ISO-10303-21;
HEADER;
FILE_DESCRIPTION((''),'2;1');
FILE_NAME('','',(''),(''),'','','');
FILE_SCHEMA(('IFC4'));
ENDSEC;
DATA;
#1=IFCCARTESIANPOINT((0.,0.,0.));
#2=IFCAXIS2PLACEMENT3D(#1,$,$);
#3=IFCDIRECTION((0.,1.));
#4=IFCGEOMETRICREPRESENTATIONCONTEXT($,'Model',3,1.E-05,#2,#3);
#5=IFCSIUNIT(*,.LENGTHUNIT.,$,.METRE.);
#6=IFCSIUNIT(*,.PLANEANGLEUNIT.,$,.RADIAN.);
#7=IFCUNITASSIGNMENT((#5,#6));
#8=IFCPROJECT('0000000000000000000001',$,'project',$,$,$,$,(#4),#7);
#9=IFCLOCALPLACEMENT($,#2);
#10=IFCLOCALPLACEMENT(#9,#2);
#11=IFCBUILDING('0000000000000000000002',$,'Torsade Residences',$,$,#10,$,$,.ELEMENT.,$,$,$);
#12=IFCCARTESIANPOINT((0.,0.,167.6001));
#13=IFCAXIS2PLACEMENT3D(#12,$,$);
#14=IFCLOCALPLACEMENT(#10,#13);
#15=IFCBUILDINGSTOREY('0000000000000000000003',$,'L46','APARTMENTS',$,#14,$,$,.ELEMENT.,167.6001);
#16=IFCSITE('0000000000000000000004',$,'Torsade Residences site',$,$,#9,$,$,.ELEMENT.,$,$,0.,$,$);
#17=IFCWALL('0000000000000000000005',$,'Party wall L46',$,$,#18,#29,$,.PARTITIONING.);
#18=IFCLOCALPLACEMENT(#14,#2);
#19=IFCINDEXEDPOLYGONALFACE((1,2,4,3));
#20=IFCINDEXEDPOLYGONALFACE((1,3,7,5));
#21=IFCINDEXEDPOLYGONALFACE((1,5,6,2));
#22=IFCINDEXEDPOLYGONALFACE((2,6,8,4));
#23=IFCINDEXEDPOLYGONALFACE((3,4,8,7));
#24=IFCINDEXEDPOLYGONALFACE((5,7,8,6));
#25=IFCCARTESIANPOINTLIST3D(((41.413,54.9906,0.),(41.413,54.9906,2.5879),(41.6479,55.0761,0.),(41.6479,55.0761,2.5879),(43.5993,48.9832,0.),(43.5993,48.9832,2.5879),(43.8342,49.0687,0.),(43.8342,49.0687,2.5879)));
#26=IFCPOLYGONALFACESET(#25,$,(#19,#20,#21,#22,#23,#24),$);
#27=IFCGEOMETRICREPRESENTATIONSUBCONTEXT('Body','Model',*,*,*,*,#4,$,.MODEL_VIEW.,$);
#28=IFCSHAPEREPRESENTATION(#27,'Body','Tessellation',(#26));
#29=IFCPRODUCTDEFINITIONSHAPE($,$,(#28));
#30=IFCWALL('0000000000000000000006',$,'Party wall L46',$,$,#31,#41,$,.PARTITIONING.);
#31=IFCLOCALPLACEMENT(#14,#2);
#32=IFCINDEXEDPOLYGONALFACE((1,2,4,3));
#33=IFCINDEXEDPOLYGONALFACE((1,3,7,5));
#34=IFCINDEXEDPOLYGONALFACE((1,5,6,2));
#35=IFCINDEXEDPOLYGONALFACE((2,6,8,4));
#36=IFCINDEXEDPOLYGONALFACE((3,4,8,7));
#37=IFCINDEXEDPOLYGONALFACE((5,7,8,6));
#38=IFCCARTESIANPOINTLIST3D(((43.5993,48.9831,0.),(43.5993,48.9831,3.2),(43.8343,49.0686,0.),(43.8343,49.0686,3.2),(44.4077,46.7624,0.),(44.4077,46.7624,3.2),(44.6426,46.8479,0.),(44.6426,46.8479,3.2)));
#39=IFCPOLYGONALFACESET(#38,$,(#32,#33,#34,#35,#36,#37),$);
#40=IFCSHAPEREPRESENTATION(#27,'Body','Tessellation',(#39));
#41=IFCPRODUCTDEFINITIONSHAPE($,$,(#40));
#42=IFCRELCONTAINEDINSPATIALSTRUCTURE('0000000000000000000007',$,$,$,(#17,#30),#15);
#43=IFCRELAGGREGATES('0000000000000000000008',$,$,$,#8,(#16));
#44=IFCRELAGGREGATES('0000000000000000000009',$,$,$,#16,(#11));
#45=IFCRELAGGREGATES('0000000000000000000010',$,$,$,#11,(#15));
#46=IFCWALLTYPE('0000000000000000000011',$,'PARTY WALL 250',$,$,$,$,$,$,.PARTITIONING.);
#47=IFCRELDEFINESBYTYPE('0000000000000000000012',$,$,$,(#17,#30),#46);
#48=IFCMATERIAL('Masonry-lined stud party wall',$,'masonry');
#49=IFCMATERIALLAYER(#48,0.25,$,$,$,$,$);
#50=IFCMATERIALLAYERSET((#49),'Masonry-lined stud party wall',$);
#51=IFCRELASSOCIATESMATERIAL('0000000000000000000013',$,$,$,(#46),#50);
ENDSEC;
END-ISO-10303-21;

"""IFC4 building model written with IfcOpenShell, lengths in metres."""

from ifc_helpers import new_model, si_unit, direction, frame, frame_2d, origin, place, context, subcontext, project, spatial, rectangle, extrude, material, layer, layer_set, type_object, element, save


model = new_model("IFC4")

# Units and contexts
model_context = context("Model", 3, precision=1e-05, world=origin(), true_north=direction((0.0, 1.0)))
body_context = subcontext(model_context, "Body", "Model", "MODEL_VIEW")
ifc_project = project(units=[si_unit("LENGTHUNIT", "METRE"), si_unit("PLANEANGLEUNIT", "RADIAN")], contexts=[model_context])

# Site, building, storey
site_placement = place(None, origin())
site = spatial("IfcSite", under=ifc_project, at=site_placement, Name="Torsade Residences site", CompositionType="ELEMENT", RefElevation=0.0)
building_placement = place(site_placement, origin())
building = spatial("IfcBuilding", under=site, at=building_placement, Name="Torsade Residences", CompositionType="ELEMENT")
storey_placement = place(building_placement, frame((0.0, 0.0, 167.6001)))
storey = spatial("IfcBuildingStorey", under=building, at=storey_placement, Name="L46", Description="APARTMENTS", CompositionType="ELEMENT", Elevation=167.6001)

# Walls
ifc_material_1 = material(Name="Masonry-lined stud party wall", Category="masonry")
ifc_layer_1 = layer(ifc_material_1, 0.25)
ifc_layer_set_1 = layer_set([ifc_layer_1], Name="Masonry-lined stud party wall")
wall_type_1 = type_object("IfcWallType", Name="PARTY WALL 250", PredefinedType="PARTITIONING", material=ifc_layer_set_1)
wall_1_placement = place(storey_placement, frame((41.5305, 55.0332, 0.0), z_axis=(0.0, 0.0, 1.0), x_axis=(0.341991, -0.939703, 0.0)))
element("IfcWall", 1, at=wall_1_placement, inside=storey, type_object=wall_type_1, Name="Party wall L46", PredefinedType="PARTITIONING", context=body_context, shape_type="SweptSolid", body=[
    extrude(rectangle(XDim=6.3928, YDim=0.25, at=frame_2d((3.1963, 0.0))), origin(), (0.0, 0.0, 1.0), 2.5879),
])
wall_2_placement = place(storey_placement, frame((43.7168, 49.0259, 0.0), z_axis=(0.0, 0.0, 1.0), x_axis=(0.34205, -0.939682, 0.0)))
element("IfcWall", 2, at=wall_2_placement, inside=storey, type_object=wall_type_1, Name="Party wall L46", PredefinedType="PARTITIONING", context=body_context, shape_type="SweptSolid", body=[
    extrude(rectangle(XDim=2.3633, YDim=0.25, at=frame_2d((1.1816, 0.0))), origin(), (0.0, 0.0, 1.0), 3.2),
])

save(model, "model.ifc")
